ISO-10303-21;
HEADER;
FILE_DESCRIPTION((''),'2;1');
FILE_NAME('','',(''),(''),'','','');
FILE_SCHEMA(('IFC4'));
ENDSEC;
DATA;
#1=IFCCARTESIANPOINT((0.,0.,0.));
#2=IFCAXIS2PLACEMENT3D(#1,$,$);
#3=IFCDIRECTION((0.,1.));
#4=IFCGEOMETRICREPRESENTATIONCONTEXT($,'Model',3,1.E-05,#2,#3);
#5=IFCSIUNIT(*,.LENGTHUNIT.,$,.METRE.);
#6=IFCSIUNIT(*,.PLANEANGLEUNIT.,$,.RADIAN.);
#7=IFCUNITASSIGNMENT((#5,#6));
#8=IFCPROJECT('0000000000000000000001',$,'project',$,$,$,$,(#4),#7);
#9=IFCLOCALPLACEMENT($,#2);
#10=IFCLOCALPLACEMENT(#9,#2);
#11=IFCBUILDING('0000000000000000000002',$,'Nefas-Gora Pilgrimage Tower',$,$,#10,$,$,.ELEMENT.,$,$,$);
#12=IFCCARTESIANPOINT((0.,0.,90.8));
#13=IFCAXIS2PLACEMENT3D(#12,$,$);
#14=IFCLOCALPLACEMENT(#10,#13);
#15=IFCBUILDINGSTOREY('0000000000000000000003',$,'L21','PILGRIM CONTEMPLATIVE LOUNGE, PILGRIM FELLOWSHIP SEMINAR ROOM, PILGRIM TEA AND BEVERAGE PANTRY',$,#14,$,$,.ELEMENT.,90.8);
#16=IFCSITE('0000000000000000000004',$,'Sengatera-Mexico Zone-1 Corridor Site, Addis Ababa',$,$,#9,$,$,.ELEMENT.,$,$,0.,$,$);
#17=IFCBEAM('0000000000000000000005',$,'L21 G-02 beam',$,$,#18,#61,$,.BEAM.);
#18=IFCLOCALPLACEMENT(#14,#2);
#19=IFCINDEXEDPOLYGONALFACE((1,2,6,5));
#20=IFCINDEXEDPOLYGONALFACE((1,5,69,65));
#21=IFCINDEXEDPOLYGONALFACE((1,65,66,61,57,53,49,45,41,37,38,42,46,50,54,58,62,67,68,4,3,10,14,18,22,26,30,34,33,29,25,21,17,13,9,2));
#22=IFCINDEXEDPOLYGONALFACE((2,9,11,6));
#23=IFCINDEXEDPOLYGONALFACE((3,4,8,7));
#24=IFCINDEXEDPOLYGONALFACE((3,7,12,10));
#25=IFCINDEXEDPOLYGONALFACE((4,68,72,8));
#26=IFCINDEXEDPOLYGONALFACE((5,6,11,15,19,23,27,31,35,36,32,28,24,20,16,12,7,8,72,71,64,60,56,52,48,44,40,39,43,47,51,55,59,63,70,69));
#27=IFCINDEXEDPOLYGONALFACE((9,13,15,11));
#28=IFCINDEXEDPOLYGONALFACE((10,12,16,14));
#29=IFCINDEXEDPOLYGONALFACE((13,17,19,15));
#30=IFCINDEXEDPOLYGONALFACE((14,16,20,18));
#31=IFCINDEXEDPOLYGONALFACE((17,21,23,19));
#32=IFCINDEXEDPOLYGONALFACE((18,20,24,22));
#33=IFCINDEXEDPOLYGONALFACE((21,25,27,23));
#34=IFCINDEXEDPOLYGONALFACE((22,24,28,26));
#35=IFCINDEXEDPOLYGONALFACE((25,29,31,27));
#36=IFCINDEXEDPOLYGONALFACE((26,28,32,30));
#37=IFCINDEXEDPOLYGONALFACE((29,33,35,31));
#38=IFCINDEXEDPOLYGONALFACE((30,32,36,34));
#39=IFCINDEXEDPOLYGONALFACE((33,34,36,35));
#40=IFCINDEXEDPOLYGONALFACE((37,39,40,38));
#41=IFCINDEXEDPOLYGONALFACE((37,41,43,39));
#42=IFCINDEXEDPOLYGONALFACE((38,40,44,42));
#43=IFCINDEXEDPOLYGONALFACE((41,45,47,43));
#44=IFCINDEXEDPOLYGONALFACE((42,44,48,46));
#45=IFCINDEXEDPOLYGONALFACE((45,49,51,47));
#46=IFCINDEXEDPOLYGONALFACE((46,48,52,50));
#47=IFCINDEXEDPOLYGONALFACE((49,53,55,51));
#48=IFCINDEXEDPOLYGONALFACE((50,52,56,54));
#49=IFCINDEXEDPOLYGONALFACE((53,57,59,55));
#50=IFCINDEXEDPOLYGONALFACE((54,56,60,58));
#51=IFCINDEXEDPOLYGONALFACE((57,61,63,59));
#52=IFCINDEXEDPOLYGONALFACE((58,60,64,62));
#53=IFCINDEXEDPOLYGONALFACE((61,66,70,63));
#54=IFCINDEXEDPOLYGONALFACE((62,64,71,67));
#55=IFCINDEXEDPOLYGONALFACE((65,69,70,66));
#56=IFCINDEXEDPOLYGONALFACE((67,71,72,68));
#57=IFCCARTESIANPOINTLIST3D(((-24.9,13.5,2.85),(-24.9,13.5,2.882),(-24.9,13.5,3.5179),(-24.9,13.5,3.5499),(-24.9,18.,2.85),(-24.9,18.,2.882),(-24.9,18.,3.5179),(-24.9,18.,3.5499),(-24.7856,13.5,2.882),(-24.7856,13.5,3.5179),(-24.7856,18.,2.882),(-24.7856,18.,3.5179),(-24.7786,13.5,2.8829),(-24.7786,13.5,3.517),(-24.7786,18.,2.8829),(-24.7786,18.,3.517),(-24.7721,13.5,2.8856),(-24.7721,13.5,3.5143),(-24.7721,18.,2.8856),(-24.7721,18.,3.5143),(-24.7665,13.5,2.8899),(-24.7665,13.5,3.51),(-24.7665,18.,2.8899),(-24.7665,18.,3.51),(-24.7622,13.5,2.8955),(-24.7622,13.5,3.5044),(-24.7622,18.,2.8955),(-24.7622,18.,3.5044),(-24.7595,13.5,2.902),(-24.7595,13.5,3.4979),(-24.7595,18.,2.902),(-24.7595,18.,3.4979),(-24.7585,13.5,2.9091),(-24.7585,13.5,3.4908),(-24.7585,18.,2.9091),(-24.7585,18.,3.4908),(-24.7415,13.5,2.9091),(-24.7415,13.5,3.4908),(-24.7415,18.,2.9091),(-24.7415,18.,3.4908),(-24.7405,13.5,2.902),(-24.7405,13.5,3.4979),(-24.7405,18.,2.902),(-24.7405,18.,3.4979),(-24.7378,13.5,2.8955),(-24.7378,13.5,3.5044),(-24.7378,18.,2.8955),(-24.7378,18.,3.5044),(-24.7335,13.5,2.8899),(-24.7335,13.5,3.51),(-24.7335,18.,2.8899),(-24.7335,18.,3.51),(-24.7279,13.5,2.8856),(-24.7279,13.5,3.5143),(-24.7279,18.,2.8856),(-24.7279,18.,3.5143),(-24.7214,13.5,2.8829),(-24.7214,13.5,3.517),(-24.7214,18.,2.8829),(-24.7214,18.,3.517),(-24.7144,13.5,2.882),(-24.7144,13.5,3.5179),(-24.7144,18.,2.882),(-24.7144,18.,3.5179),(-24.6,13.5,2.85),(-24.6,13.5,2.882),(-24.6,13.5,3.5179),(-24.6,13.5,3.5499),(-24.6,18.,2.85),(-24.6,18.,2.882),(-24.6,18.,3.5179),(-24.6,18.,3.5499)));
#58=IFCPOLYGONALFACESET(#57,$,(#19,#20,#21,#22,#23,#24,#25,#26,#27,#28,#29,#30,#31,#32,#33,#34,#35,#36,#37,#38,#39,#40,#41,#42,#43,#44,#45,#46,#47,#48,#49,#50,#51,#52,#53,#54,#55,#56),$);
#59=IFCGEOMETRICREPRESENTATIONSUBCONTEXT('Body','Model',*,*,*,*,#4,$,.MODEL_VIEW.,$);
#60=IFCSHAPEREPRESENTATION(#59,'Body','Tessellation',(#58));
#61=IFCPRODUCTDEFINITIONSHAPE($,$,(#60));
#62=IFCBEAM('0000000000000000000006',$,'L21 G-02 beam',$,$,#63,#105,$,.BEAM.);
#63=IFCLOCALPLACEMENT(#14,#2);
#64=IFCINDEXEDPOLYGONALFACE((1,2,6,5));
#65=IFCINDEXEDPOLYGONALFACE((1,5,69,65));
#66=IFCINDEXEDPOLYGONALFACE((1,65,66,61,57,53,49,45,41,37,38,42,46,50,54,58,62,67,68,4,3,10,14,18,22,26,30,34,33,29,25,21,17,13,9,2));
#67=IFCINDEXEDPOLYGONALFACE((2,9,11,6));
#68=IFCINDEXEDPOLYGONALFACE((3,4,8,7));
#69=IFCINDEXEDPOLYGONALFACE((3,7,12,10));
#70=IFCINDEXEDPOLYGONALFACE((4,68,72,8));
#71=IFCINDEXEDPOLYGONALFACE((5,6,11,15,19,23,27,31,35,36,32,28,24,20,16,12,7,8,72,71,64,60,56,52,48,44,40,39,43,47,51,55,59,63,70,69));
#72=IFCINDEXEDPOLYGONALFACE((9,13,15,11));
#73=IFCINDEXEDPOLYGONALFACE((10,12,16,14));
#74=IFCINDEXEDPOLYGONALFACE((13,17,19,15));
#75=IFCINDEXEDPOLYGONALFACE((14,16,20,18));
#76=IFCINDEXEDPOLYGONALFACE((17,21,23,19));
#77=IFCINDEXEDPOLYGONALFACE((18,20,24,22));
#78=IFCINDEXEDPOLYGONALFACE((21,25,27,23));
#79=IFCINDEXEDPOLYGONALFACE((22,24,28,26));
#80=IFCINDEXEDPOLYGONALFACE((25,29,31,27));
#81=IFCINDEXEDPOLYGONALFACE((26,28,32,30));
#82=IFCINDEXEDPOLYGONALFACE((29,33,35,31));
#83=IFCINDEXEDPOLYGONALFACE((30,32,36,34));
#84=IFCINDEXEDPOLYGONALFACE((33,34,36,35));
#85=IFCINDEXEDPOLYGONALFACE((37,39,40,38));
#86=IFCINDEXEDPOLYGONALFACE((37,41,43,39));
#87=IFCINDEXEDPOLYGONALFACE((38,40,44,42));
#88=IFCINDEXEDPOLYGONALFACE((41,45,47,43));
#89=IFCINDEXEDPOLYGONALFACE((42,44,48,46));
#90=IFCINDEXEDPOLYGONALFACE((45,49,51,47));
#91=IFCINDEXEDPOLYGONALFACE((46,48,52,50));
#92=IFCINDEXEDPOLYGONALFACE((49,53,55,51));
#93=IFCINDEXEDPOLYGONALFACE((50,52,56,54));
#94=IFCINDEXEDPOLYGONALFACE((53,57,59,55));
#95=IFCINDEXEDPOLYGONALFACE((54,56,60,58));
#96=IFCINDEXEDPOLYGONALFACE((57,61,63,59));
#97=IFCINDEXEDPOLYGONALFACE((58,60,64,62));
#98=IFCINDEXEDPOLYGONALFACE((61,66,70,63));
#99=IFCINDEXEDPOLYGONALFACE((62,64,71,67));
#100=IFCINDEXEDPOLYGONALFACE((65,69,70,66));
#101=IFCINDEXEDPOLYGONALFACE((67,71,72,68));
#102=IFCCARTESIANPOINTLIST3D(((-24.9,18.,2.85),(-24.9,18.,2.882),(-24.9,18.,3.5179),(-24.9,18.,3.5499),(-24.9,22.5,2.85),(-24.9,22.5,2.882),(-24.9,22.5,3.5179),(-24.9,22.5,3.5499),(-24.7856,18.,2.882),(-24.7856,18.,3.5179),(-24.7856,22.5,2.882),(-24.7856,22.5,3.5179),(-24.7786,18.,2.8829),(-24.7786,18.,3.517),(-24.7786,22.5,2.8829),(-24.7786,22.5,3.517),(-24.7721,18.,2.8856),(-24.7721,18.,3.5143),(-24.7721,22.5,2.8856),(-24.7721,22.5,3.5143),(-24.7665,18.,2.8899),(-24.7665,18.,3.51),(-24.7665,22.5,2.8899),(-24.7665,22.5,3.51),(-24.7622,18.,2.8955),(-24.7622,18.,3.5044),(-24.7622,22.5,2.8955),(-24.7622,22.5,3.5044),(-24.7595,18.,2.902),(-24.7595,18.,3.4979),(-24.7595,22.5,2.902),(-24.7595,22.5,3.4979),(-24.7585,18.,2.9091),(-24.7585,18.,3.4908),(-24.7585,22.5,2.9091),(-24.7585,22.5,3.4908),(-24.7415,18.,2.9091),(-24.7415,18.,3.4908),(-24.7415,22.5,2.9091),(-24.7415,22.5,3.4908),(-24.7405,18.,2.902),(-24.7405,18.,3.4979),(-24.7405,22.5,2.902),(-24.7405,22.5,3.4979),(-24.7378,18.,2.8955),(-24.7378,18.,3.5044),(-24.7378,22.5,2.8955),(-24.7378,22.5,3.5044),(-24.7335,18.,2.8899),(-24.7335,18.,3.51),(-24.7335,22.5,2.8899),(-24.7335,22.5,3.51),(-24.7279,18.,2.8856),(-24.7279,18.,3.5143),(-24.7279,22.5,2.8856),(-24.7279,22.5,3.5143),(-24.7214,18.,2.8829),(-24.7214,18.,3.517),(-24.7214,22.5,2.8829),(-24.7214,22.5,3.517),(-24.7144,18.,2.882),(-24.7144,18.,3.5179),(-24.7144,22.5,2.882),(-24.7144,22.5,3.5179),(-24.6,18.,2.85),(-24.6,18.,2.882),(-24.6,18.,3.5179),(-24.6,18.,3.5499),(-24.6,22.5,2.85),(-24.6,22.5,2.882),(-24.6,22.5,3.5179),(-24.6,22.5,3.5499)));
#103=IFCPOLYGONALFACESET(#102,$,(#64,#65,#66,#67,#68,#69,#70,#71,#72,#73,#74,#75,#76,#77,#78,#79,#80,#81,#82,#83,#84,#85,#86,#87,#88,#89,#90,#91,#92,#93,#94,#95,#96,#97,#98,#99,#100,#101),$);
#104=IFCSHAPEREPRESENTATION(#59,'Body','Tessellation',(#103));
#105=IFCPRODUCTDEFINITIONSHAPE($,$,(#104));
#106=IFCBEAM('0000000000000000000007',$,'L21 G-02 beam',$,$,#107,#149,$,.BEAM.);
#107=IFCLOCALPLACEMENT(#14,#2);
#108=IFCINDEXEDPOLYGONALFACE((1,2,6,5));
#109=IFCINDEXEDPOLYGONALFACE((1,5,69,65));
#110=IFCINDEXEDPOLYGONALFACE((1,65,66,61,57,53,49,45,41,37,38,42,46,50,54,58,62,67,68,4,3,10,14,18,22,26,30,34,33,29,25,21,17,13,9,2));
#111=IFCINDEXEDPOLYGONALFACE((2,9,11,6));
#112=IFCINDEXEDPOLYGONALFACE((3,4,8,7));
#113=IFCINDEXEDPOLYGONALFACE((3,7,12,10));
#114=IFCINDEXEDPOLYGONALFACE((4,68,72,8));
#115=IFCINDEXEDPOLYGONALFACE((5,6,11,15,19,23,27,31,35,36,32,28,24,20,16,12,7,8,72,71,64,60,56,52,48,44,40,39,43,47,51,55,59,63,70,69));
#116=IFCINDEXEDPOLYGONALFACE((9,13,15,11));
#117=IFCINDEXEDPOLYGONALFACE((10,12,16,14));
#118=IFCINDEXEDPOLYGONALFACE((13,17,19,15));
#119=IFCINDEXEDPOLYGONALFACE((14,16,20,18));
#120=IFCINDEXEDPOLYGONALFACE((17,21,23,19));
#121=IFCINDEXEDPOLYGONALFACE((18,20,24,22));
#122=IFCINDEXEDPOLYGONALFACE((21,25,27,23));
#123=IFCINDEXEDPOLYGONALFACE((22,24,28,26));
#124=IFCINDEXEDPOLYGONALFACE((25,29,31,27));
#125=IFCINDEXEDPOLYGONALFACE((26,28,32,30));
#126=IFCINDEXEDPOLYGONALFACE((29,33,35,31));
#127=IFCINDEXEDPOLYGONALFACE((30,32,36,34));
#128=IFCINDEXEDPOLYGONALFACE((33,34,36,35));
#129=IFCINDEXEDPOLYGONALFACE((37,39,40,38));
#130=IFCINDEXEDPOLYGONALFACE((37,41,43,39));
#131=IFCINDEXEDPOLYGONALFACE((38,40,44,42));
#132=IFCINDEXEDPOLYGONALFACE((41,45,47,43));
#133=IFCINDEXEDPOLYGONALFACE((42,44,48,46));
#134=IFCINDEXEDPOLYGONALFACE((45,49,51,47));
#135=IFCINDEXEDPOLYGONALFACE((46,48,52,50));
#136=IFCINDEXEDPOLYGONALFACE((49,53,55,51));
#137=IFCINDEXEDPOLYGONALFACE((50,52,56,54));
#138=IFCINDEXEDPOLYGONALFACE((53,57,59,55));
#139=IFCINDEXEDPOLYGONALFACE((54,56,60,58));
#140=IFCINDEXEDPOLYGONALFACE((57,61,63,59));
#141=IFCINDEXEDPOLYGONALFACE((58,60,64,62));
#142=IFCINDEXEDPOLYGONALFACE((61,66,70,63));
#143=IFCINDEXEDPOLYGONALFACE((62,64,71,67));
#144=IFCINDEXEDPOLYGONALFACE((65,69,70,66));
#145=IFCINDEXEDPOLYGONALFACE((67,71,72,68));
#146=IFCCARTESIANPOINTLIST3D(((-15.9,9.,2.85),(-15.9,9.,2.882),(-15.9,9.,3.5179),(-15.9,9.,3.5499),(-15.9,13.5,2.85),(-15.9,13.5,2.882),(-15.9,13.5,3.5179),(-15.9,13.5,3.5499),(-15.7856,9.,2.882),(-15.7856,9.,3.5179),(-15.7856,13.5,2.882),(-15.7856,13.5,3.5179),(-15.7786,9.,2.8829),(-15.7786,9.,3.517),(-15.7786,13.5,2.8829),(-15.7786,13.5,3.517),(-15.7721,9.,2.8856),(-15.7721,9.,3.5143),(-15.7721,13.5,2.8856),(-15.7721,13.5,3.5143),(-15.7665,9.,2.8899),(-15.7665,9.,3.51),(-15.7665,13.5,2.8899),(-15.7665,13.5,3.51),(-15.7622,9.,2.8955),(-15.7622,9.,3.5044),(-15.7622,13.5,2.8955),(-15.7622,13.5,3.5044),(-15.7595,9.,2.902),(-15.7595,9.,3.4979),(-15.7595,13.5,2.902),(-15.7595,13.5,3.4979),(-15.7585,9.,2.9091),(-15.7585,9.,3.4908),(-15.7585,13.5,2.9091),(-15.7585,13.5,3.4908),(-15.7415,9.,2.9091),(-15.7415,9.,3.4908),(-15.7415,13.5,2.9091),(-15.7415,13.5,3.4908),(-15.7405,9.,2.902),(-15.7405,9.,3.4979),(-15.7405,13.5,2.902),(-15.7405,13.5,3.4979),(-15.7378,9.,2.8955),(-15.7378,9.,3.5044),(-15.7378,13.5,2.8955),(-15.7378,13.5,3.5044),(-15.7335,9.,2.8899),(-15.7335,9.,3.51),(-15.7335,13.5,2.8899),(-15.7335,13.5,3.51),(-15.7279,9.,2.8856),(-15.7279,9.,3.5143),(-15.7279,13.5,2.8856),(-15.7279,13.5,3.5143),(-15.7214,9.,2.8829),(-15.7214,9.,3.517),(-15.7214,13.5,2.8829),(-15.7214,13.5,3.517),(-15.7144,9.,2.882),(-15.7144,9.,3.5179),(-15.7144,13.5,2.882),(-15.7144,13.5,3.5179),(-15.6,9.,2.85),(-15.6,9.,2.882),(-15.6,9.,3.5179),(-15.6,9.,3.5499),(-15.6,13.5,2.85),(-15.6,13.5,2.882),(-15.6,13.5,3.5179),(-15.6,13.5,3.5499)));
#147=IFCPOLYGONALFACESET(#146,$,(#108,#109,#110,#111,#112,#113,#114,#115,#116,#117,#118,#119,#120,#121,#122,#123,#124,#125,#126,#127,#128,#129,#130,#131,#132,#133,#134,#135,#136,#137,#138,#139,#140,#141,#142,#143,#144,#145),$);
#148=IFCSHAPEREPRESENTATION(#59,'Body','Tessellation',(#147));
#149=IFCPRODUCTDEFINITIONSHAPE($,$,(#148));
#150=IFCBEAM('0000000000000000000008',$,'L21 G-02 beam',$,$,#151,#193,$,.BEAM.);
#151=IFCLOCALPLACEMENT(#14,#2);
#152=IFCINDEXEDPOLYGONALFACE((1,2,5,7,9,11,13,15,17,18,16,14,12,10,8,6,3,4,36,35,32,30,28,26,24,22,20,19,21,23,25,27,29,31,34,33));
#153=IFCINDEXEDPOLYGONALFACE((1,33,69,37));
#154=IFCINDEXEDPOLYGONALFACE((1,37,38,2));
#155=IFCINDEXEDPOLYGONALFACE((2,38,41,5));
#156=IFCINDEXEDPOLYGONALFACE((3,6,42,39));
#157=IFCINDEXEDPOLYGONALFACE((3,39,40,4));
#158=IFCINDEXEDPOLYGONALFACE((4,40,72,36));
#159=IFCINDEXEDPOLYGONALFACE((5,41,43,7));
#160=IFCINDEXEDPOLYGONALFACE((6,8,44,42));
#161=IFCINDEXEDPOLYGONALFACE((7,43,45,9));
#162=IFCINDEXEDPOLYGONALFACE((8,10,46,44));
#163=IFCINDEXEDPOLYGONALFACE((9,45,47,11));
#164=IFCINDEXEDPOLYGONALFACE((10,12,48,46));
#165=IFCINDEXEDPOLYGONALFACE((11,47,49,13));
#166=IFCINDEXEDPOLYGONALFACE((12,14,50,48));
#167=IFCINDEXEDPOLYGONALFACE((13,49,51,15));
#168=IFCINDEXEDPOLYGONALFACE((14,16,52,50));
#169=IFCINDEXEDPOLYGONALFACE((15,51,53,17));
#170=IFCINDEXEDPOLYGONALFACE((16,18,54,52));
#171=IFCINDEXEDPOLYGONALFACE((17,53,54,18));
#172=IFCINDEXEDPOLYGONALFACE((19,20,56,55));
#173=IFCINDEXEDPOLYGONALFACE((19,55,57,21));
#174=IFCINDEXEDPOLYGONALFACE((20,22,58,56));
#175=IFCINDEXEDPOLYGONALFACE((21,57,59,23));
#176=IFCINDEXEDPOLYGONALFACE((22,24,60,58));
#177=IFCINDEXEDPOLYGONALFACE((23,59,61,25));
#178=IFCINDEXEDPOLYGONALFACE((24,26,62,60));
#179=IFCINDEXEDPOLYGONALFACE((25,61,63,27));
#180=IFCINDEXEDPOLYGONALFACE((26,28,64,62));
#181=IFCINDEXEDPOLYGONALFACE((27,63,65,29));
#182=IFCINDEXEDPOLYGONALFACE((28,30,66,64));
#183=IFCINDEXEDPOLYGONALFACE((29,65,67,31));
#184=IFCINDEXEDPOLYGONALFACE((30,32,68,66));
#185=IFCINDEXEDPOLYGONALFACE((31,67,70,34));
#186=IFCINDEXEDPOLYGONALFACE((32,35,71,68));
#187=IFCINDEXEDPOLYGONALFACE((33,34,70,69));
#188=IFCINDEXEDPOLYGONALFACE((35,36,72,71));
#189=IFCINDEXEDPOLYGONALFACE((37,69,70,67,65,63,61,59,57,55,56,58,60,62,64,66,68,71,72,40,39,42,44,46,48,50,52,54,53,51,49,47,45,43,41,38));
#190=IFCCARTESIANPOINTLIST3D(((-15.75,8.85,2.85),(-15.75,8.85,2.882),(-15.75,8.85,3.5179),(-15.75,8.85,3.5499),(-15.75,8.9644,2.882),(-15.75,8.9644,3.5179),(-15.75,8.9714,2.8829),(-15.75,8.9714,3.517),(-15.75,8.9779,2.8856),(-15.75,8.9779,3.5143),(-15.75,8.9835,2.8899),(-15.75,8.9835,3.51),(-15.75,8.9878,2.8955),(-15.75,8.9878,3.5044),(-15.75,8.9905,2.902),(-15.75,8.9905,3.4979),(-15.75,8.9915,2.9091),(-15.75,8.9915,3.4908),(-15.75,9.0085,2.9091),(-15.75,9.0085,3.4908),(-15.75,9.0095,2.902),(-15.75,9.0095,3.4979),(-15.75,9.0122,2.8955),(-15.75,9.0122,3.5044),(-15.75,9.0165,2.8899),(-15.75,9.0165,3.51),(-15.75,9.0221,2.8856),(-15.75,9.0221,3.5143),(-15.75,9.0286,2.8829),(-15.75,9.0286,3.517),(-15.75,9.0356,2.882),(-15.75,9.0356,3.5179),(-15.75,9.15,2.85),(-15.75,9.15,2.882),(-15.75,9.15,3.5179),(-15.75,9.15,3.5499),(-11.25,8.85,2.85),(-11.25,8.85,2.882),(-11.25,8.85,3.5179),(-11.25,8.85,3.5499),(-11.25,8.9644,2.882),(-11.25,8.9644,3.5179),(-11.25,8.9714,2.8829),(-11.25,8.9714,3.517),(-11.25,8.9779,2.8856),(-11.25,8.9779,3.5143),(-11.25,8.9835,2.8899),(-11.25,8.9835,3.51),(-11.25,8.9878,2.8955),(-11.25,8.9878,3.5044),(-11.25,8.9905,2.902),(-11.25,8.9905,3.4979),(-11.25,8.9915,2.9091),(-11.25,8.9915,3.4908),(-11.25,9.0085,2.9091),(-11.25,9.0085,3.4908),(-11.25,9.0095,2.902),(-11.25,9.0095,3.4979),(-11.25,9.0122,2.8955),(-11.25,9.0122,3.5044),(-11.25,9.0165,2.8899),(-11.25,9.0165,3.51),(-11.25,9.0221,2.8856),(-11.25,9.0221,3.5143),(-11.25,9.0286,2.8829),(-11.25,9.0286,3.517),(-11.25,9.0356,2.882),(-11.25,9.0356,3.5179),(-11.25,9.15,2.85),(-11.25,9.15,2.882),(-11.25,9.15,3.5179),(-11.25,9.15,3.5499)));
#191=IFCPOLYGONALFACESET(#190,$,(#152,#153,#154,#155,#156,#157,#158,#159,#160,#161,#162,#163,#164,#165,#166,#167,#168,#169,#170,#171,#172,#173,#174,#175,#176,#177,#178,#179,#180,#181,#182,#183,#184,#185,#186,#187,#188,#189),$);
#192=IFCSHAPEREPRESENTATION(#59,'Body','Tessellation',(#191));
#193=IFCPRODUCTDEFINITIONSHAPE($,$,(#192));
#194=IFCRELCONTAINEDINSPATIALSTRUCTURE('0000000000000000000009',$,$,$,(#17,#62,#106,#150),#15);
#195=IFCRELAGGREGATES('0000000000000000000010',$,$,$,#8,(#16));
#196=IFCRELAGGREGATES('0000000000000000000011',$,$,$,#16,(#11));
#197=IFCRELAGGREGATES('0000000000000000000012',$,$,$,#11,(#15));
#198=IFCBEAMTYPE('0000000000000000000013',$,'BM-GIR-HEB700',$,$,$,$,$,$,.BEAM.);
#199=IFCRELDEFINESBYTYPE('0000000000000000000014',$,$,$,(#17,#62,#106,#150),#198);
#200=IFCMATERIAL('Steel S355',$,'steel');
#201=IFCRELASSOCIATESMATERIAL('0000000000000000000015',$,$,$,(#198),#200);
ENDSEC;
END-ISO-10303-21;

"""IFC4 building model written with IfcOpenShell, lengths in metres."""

from ifc_helpers import new_model, si_unit, direction, frame, origin, origin_2d, place, context, subcontext, project, spatial, i_section, extrude, source, transform, mapped, material, material_profile, profile_set, type_object, element, save


model = new_model("IFC4")

# Units and contexts
model_context = context("Model", 3, precision=1e-05, world=origin(), true_north=direction((0.0, 1.0)))
body_context = subcontext(model_context, "Body", "Model", "MODEL_VIEW")
ifc_project = project(units=[si_unit("LENGTHUNIT", "METRE"), si_unit("PLANEANGLEUNIT", "RADIAN")], contexts=[model_context])

# Site, building, storey
site_placement = place(None, origin())
site = spatial("IfcSite", under=ifc_project, at=site_placement, Name="Sengatera-Mexico Zone-1 Corridor Site, Addis Ababa", CompositionType="ELEMENT", RefElevation=0.0)
building_placement = place(site_placement, origin())
building = spatial("IfcBuilding", under=site, at=building_placement, Name="Nefas-Gora Pilgrimage Tower", CompositionType="ELEMENT")
storey_placement = place(building_placement, frame((0.0, 0.0, 90.8)))
storey = spatial("IfcBuildingStorey", under=building, at=storey_placement, Name="L21", Description="PILGRIM CONTEMPLATIVE LOUNGE, PILGRIM FELLOWSHIP SEMINAR ROOM, PILGRIM TEA AND BEVERAGE PANTRY", CompositionType="ELEMENT", Elevation=90.8)

# Beams
ifc_material_1 = material(Name="Steel S355", Category="steel")
ifc_material_profile_1 = material_profile(ifc_material_1, i_section(OverallWidth=0.3, OverallDepth=0.7, WebThickness=0.0171, FlangeThickness=0.032, FilletRadius=0.0271, at=origin_2d()), Name="HEB 700")
ifc_profile_set_1 = profile_set([ifc_material_profile_1], Name="Steel S355")
beam_type_1 = type_object("IfcBeamType", Name="BM-GIR-HEB700", PredefinedType="BEAM", material=ifc_profile_set_1)
shared_shape_1 = source(origin(), body_context, "Body", "SweptSolid", [
    extrude(i_section(OverallWidth=0.3, OverallDepth=0.7, WebThickness=0.0171, FlangeThickness=0.032, FilletRadius=0.0271, at=origin_2d()), origin(), (0.0, 0.0, 1.0), 4.5),
])
for number, where, z_axis, x_axis, name in (
    (1, (-24.75, 13.5, 3.2), (0.0, 1.0, 0.0), (-1.0, 0.0, 0.0), "L21 G-02 beam"),
    (2, (-24.75, 18.0, 3.2), (0.0, 1.0, 0.0), (-1.0, 0.0, 0.0), "L21 G-02 beam"),
    (3, (-15.75, 9.0, 3.2), (0.0, 1.0, 0.0), (-1.0, 0.0, 0.0), "L21 G-02 beam"),
    (4, (-15.75, 9.0, 3.2), (1.0, 0.0, 0.0), (0.0, 1.0, 0.0), "L21 G-02 beam"),
):
    element("IfcBeam", number, at=place(storey_placement, frame(where, z_axis=z_axis, x_axis=x_axis)), inside=storey, type_object=beam_type_1, Name=name, PredefinedType="BEAM", context=body_context, shape_type="MappedRepresentation", body=[
        mapped(shared_shape_1, transform((0.0, 0.0, 0.0), x_axis=(1.0, 0.0, 0.0), y_axis=(0.0, 1.0, 0.0), z_axis=(0.0, 0.0, 1.0), scale=1.0)),
    ])

save(model, "model.ifc")
